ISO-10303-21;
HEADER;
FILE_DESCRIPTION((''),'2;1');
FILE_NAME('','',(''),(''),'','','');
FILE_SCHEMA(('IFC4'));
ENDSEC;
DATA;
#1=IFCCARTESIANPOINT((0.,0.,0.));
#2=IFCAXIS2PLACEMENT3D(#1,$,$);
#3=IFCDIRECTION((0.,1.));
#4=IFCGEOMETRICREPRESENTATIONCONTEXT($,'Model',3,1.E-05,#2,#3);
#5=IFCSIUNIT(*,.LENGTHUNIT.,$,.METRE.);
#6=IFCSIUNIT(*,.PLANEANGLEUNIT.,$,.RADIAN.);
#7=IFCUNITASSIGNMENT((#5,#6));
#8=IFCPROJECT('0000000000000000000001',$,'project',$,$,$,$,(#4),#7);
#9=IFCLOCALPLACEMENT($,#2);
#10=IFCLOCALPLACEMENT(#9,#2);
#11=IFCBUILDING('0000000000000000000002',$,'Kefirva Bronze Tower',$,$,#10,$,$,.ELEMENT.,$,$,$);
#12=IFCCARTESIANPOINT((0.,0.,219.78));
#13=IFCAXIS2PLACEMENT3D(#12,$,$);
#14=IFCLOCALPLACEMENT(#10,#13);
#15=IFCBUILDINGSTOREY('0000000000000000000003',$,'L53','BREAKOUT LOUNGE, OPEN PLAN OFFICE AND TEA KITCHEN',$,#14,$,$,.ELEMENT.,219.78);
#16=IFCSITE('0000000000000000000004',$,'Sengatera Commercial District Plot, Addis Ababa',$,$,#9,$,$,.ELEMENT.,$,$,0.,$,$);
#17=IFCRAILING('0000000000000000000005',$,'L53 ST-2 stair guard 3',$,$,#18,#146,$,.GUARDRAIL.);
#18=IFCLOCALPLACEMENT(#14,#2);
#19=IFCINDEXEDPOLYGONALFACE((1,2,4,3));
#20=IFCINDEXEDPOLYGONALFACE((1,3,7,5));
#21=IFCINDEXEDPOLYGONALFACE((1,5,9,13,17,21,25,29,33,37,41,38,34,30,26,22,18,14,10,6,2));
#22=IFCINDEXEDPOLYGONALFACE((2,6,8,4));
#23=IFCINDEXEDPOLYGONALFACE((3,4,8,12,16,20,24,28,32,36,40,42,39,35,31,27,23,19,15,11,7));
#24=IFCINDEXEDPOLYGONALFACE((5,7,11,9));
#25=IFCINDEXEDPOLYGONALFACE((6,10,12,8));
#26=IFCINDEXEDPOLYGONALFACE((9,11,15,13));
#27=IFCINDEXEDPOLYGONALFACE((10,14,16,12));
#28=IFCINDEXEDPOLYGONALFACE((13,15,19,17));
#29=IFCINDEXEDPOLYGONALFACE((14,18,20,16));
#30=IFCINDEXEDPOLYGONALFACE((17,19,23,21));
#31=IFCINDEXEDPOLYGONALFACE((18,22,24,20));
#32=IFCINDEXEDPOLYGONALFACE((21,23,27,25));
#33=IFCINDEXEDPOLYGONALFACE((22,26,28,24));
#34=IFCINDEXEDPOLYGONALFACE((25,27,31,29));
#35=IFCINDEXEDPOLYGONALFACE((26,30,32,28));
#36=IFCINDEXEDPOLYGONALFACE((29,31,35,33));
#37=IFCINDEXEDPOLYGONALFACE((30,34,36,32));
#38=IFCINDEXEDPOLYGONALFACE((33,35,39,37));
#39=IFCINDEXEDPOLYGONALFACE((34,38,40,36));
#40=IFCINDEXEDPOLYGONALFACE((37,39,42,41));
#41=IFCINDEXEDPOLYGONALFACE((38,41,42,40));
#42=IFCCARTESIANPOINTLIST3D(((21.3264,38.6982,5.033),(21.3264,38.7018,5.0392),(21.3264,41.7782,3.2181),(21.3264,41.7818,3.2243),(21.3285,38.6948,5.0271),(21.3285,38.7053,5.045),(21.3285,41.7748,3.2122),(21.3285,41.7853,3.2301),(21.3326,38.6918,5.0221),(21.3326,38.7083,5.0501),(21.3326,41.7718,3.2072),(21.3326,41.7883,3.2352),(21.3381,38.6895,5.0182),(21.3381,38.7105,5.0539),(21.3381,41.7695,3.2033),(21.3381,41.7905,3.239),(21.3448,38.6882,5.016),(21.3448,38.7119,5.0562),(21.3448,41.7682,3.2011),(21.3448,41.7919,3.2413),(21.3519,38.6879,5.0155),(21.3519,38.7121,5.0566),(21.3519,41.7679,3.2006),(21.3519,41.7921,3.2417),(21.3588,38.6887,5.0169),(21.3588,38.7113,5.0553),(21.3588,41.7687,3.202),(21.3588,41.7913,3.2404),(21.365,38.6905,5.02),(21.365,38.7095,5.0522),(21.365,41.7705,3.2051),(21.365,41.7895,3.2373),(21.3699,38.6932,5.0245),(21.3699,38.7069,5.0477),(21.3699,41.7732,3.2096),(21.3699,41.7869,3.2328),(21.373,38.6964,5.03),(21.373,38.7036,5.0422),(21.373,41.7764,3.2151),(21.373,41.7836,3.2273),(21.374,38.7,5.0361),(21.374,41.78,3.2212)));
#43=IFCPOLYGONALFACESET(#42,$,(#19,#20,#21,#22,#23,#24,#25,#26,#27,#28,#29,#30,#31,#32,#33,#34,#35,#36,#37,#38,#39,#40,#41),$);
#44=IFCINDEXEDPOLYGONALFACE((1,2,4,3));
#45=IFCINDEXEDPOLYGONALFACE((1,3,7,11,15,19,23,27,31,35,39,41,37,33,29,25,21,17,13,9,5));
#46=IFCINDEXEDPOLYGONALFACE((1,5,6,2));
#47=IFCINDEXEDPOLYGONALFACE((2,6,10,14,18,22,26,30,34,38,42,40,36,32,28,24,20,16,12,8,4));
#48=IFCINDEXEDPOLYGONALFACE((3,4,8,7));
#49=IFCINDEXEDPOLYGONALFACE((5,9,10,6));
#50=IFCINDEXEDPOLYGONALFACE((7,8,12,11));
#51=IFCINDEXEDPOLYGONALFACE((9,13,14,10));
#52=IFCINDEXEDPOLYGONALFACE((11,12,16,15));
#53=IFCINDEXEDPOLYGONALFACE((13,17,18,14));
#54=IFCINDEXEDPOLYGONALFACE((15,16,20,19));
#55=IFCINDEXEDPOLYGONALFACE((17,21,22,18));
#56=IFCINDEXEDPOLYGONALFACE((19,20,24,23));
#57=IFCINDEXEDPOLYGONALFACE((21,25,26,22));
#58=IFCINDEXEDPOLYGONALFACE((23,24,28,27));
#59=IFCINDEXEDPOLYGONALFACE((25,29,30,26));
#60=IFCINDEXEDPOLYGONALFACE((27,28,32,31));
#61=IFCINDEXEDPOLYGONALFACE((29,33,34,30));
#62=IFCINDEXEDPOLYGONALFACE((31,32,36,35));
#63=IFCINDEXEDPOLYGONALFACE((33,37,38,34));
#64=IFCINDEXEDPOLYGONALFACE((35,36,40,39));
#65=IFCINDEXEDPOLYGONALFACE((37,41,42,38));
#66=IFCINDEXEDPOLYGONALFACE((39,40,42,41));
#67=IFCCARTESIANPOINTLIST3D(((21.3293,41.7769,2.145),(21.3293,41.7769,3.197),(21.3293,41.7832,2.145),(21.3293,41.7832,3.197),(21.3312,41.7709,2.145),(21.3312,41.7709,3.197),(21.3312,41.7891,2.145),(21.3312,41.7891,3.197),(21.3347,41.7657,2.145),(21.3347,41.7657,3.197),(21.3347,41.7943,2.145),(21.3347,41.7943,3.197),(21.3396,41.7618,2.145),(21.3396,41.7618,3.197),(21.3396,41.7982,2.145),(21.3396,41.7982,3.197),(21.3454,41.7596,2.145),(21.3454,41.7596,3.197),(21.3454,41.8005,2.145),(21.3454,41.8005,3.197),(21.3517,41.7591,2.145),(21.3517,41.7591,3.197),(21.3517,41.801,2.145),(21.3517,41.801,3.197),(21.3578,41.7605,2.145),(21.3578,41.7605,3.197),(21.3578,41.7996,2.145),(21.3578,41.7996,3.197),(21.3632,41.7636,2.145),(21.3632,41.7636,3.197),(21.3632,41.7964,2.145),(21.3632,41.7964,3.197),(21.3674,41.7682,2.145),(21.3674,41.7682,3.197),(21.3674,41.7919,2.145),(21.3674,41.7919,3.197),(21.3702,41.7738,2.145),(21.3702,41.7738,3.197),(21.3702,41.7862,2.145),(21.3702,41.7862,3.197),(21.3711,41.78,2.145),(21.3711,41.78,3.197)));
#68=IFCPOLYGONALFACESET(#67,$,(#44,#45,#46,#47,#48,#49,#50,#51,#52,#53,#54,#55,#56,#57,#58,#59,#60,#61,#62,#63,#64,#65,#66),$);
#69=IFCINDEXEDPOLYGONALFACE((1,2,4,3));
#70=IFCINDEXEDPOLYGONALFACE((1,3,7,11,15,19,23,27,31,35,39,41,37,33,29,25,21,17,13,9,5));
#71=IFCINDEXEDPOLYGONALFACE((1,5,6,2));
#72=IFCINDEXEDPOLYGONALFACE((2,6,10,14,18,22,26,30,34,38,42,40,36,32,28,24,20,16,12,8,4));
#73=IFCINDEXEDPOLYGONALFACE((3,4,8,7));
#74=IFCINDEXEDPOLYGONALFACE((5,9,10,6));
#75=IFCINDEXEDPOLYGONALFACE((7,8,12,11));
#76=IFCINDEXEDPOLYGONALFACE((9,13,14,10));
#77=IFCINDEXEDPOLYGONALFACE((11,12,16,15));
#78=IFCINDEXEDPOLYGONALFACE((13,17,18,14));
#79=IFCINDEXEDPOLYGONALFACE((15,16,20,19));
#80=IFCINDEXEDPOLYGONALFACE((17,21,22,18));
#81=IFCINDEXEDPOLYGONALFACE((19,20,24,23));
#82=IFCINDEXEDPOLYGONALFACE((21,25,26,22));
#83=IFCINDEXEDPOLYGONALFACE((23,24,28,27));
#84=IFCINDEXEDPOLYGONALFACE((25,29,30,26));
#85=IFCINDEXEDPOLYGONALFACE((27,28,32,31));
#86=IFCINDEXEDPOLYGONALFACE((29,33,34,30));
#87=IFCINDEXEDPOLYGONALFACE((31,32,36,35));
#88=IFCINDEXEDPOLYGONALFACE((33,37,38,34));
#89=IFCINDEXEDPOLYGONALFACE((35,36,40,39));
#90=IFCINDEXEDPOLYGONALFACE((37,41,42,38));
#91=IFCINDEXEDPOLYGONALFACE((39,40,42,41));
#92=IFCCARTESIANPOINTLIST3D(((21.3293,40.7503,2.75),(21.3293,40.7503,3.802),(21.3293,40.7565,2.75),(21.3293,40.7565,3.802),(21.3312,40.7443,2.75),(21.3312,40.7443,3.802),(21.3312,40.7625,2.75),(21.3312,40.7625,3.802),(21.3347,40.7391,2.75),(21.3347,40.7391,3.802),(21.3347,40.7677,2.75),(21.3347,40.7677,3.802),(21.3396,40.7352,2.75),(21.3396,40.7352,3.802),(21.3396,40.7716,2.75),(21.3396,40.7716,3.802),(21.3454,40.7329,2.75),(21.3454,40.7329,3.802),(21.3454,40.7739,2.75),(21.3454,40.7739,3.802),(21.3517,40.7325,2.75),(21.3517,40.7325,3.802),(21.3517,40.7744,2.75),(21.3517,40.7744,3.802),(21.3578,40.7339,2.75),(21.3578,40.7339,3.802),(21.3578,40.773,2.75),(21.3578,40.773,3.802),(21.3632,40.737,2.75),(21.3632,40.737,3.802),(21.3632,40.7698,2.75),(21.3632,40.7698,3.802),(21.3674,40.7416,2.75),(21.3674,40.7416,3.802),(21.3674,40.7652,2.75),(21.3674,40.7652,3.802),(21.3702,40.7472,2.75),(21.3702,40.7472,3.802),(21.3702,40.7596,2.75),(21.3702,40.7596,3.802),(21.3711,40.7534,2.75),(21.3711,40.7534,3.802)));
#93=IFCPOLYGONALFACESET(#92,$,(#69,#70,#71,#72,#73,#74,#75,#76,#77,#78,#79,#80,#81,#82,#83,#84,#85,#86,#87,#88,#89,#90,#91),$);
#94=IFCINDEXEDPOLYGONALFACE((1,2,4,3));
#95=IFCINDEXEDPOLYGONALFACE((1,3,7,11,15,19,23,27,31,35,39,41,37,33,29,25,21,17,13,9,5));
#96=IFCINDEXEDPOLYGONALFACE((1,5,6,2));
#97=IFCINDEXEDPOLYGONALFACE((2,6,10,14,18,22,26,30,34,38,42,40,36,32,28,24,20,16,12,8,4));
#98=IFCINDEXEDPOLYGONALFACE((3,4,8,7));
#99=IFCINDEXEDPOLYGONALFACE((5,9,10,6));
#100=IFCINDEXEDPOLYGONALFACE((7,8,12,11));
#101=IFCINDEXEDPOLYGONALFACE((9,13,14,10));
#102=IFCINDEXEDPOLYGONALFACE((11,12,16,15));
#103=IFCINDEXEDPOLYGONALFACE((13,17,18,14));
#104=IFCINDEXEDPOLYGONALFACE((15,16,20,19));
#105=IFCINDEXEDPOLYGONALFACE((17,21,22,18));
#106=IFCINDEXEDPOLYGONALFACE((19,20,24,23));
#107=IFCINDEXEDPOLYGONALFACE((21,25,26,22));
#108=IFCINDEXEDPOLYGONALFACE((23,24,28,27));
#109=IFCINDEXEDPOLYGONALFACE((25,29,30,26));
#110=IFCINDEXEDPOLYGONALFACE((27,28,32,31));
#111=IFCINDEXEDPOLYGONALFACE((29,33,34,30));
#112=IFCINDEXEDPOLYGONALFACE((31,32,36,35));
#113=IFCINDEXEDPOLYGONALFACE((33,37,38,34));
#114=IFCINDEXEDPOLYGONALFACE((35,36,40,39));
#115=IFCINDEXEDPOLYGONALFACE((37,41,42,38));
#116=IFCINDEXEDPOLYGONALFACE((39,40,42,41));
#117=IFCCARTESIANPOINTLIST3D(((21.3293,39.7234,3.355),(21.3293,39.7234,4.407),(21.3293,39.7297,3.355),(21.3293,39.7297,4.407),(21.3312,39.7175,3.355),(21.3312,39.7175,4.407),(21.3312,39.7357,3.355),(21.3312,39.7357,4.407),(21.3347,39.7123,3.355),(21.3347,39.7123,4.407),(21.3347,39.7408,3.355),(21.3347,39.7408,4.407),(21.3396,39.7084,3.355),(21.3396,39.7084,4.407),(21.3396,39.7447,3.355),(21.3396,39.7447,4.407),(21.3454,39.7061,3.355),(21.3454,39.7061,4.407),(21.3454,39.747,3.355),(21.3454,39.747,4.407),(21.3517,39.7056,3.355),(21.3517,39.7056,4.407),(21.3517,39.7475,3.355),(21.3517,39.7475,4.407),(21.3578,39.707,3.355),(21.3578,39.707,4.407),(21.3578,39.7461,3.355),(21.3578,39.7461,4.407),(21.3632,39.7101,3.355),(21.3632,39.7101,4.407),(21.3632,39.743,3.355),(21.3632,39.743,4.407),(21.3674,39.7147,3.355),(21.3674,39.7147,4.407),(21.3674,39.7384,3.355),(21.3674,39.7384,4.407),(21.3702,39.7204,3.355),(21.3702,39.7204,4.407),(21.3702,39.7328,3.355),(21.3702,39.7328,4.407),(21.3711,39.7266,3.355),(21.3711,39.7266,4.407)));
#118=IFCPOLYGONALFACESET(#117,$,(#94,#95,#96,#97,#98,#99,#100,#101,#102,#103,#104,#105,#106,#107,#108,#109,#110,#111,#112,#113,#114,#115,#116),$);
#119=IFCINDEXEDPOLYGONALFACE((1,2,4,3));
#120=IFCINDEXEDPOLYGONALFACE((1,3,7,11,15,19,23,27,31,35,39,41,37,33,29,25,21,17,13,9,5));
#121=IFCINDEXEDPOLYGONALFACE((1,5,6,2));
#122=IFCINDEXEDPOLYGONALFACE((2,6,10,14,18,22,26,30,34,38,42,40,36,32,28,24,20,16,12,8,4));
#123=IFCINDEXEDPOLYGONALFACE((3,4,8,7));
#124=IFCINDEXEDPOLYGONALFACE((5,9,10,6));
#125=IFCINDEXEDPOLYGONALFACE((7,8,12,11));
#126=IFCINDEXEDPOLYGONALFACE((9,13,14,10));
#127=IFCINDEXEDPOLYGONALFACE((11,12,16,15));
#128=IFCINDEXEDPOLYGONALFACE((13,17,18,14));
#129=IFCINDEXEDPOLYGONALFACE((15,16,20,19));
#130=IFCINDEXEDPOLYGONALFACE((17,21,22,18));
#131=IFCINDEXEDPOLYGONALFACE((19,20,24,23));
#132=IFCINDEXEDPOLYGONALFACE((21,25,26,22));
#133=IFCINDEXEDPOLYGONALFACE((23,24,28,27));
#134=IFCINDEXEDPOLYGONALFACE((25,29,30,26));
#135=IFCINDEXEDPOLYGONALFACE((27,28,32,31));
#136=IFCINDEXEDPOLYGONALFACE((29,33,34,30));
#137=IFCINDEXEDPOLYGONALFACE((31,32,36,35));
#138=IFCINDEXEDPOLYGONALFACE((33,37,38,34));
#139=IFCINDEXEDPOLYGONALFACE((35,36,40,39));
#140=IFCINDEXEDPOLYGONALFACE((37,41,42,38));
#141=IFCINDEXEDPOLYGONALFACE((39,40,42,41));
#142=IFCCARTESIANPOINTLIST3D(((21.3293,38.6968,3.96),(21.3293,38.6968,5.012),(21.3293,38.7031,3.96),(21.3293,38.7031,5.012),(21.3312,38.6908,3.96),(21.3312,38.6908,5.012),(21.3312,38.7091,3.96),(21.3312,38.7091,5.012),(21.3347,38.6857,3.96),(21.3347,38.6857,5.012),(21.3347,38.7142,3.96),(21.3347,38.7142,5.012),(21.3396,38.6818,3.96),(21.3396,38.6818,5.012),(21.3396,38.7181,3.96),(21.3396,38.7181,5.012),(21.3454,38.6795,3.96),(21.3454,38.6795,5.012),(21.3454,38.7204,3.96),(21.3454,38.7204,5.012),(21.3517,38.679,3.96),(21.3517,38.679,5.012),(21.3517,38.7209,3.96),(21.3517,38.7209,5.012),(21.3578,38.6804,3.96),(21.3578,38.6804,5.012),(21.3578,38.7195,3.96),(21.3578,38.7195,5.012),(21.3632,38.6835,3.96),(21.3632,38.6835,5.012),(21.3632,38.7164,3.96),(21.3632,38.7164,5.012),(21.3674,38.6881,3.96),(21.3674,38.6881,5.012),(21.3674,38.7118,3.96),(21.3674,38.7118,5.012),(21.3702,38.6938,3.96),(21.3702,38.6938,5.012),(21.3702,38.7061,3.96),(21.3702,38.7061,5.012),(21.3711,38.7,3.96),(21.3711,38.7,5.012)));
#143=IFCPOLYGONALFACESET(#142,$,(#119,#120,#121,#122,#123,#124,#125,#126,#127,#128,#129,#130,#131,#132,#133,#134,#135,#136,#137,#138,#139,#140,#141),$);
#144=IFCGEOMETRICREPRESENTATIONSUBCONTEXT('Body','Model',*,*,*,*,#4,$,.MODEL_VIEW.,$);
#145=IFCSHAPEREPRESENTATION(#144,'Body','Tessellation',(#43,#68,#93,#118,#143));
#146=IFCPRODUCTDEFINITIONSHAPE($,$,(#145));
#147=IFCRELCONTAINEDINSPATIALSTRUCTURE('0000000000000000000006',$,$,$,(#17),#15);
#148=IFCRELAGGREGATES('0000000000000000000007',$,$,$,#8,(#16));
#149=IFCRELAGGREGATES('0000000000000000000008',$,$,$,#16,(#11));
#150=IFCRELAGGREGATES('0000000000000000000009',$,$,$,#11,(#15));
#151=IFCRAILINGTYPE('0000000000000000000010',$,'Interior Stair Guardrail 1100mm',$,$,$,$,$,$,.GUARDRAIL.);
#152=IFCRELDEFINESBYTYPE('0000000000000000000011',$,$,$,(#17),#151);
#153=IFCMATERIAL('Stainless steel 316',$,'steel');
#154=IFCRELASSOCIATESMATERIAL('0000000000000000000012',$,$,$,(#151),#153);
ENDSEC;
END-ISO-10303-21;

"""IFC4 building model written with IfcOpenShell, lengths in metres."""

from ifc_helpers import new_model, si_unit, direction, frame, origin, origin_2d, place, context, subcontext, project, spatial, circle, extrude, material, type_object, element, save


model = new_model("IFC4")

# Units and contexts
model_context = context("Model", 3, precision=1e-05, world=origin(), true_north=direction((0.0, 1.0)))
body_context = subcontext(model_context, "Body", "Model", "MODEL_VIEW")
ifc_project = project(units=[si_unit("LENGTHUNIT", "METRE"), si_unit("PLANEANGLEUNIT", "RADIAN")], contexts=[model_context])

# Site, building, storey
site_placement = place(None, origin())
site = spatial("IfcSite", under=ifc_project, at=site_placement, Name="Sengatera Commercial District Plot, Addis Ababa", CompositionType="ELEMENT", RefElevation=0.0)
building_placement = place(site_placement, origin())
building = spatial("IfcBuilding", under=site, at=building_placement, Name="Kefirva Bronze Tower", CompositionType="ELEMENT")
storey_placement = place(building_placement, frame((0.0, 0.0, 219.78)))
storey = spatial("IfcBuildingStorey", under=building, at=storey_placement, Name="L53", Description="BREAKOUT LOUNGE, OPEN PLAN OFFICE AND TEA KITCHEN", CompositionType="ELEMENT", Elevation=219.78)

# Railing
ifc_material_1 = material(Name="Stainless steel 316", Category="steel")
railing_type_1 = type_object("IfcRailingType", Name="Interior Stair Guardrail 1100mm", PredefinedType="GUARDRAIL", material=ifc_material_1)
railing_1_placement = place(storey_placement, frame((21.3501, 41.78, 2.145)))
element("IfcRailing", 1, at=railing_1_placement, inside=storey, type_object=railing_type_1, Name="L53 ST-2 stair guard 3", PredefinedType="GUARDRAIL", context=body_context, shape_type="SweptSolid", body=[
    extrude(circle(Radius=0.0239, at=origin_2d()), frame((0.0, 0.0, 1.0762), z_axis=(0.0, -0.861551, 0.507671), x_axis=(1.0, 0.0, 0.0)), (0.0, 0.0, 1.0), 3.575),
    extrude(circle(Radius=0.021, at=origin_2d()), origin(), (0.0, 0.0, 1.0), 1.052),
    extrude(circle(Radius=0.021, at=origin_2d()), frame((0.0, -1.0266, 0.605)), (0.0, 0.0, 1.0), 1.052),
    extrude(circle(Radius=0.021, at=origin_2d()), frame((0.0, -2.0535, 1.21)), (0.0, 0.0, 1.0), 1.052),
    extrude(circle(Radius=0.021, at=origin_2d()), frame((0.0, -3.0801, 1.8149)), (0.0, 0.0, 1.0), 1.052),
])

save(model, "model.ifc")
